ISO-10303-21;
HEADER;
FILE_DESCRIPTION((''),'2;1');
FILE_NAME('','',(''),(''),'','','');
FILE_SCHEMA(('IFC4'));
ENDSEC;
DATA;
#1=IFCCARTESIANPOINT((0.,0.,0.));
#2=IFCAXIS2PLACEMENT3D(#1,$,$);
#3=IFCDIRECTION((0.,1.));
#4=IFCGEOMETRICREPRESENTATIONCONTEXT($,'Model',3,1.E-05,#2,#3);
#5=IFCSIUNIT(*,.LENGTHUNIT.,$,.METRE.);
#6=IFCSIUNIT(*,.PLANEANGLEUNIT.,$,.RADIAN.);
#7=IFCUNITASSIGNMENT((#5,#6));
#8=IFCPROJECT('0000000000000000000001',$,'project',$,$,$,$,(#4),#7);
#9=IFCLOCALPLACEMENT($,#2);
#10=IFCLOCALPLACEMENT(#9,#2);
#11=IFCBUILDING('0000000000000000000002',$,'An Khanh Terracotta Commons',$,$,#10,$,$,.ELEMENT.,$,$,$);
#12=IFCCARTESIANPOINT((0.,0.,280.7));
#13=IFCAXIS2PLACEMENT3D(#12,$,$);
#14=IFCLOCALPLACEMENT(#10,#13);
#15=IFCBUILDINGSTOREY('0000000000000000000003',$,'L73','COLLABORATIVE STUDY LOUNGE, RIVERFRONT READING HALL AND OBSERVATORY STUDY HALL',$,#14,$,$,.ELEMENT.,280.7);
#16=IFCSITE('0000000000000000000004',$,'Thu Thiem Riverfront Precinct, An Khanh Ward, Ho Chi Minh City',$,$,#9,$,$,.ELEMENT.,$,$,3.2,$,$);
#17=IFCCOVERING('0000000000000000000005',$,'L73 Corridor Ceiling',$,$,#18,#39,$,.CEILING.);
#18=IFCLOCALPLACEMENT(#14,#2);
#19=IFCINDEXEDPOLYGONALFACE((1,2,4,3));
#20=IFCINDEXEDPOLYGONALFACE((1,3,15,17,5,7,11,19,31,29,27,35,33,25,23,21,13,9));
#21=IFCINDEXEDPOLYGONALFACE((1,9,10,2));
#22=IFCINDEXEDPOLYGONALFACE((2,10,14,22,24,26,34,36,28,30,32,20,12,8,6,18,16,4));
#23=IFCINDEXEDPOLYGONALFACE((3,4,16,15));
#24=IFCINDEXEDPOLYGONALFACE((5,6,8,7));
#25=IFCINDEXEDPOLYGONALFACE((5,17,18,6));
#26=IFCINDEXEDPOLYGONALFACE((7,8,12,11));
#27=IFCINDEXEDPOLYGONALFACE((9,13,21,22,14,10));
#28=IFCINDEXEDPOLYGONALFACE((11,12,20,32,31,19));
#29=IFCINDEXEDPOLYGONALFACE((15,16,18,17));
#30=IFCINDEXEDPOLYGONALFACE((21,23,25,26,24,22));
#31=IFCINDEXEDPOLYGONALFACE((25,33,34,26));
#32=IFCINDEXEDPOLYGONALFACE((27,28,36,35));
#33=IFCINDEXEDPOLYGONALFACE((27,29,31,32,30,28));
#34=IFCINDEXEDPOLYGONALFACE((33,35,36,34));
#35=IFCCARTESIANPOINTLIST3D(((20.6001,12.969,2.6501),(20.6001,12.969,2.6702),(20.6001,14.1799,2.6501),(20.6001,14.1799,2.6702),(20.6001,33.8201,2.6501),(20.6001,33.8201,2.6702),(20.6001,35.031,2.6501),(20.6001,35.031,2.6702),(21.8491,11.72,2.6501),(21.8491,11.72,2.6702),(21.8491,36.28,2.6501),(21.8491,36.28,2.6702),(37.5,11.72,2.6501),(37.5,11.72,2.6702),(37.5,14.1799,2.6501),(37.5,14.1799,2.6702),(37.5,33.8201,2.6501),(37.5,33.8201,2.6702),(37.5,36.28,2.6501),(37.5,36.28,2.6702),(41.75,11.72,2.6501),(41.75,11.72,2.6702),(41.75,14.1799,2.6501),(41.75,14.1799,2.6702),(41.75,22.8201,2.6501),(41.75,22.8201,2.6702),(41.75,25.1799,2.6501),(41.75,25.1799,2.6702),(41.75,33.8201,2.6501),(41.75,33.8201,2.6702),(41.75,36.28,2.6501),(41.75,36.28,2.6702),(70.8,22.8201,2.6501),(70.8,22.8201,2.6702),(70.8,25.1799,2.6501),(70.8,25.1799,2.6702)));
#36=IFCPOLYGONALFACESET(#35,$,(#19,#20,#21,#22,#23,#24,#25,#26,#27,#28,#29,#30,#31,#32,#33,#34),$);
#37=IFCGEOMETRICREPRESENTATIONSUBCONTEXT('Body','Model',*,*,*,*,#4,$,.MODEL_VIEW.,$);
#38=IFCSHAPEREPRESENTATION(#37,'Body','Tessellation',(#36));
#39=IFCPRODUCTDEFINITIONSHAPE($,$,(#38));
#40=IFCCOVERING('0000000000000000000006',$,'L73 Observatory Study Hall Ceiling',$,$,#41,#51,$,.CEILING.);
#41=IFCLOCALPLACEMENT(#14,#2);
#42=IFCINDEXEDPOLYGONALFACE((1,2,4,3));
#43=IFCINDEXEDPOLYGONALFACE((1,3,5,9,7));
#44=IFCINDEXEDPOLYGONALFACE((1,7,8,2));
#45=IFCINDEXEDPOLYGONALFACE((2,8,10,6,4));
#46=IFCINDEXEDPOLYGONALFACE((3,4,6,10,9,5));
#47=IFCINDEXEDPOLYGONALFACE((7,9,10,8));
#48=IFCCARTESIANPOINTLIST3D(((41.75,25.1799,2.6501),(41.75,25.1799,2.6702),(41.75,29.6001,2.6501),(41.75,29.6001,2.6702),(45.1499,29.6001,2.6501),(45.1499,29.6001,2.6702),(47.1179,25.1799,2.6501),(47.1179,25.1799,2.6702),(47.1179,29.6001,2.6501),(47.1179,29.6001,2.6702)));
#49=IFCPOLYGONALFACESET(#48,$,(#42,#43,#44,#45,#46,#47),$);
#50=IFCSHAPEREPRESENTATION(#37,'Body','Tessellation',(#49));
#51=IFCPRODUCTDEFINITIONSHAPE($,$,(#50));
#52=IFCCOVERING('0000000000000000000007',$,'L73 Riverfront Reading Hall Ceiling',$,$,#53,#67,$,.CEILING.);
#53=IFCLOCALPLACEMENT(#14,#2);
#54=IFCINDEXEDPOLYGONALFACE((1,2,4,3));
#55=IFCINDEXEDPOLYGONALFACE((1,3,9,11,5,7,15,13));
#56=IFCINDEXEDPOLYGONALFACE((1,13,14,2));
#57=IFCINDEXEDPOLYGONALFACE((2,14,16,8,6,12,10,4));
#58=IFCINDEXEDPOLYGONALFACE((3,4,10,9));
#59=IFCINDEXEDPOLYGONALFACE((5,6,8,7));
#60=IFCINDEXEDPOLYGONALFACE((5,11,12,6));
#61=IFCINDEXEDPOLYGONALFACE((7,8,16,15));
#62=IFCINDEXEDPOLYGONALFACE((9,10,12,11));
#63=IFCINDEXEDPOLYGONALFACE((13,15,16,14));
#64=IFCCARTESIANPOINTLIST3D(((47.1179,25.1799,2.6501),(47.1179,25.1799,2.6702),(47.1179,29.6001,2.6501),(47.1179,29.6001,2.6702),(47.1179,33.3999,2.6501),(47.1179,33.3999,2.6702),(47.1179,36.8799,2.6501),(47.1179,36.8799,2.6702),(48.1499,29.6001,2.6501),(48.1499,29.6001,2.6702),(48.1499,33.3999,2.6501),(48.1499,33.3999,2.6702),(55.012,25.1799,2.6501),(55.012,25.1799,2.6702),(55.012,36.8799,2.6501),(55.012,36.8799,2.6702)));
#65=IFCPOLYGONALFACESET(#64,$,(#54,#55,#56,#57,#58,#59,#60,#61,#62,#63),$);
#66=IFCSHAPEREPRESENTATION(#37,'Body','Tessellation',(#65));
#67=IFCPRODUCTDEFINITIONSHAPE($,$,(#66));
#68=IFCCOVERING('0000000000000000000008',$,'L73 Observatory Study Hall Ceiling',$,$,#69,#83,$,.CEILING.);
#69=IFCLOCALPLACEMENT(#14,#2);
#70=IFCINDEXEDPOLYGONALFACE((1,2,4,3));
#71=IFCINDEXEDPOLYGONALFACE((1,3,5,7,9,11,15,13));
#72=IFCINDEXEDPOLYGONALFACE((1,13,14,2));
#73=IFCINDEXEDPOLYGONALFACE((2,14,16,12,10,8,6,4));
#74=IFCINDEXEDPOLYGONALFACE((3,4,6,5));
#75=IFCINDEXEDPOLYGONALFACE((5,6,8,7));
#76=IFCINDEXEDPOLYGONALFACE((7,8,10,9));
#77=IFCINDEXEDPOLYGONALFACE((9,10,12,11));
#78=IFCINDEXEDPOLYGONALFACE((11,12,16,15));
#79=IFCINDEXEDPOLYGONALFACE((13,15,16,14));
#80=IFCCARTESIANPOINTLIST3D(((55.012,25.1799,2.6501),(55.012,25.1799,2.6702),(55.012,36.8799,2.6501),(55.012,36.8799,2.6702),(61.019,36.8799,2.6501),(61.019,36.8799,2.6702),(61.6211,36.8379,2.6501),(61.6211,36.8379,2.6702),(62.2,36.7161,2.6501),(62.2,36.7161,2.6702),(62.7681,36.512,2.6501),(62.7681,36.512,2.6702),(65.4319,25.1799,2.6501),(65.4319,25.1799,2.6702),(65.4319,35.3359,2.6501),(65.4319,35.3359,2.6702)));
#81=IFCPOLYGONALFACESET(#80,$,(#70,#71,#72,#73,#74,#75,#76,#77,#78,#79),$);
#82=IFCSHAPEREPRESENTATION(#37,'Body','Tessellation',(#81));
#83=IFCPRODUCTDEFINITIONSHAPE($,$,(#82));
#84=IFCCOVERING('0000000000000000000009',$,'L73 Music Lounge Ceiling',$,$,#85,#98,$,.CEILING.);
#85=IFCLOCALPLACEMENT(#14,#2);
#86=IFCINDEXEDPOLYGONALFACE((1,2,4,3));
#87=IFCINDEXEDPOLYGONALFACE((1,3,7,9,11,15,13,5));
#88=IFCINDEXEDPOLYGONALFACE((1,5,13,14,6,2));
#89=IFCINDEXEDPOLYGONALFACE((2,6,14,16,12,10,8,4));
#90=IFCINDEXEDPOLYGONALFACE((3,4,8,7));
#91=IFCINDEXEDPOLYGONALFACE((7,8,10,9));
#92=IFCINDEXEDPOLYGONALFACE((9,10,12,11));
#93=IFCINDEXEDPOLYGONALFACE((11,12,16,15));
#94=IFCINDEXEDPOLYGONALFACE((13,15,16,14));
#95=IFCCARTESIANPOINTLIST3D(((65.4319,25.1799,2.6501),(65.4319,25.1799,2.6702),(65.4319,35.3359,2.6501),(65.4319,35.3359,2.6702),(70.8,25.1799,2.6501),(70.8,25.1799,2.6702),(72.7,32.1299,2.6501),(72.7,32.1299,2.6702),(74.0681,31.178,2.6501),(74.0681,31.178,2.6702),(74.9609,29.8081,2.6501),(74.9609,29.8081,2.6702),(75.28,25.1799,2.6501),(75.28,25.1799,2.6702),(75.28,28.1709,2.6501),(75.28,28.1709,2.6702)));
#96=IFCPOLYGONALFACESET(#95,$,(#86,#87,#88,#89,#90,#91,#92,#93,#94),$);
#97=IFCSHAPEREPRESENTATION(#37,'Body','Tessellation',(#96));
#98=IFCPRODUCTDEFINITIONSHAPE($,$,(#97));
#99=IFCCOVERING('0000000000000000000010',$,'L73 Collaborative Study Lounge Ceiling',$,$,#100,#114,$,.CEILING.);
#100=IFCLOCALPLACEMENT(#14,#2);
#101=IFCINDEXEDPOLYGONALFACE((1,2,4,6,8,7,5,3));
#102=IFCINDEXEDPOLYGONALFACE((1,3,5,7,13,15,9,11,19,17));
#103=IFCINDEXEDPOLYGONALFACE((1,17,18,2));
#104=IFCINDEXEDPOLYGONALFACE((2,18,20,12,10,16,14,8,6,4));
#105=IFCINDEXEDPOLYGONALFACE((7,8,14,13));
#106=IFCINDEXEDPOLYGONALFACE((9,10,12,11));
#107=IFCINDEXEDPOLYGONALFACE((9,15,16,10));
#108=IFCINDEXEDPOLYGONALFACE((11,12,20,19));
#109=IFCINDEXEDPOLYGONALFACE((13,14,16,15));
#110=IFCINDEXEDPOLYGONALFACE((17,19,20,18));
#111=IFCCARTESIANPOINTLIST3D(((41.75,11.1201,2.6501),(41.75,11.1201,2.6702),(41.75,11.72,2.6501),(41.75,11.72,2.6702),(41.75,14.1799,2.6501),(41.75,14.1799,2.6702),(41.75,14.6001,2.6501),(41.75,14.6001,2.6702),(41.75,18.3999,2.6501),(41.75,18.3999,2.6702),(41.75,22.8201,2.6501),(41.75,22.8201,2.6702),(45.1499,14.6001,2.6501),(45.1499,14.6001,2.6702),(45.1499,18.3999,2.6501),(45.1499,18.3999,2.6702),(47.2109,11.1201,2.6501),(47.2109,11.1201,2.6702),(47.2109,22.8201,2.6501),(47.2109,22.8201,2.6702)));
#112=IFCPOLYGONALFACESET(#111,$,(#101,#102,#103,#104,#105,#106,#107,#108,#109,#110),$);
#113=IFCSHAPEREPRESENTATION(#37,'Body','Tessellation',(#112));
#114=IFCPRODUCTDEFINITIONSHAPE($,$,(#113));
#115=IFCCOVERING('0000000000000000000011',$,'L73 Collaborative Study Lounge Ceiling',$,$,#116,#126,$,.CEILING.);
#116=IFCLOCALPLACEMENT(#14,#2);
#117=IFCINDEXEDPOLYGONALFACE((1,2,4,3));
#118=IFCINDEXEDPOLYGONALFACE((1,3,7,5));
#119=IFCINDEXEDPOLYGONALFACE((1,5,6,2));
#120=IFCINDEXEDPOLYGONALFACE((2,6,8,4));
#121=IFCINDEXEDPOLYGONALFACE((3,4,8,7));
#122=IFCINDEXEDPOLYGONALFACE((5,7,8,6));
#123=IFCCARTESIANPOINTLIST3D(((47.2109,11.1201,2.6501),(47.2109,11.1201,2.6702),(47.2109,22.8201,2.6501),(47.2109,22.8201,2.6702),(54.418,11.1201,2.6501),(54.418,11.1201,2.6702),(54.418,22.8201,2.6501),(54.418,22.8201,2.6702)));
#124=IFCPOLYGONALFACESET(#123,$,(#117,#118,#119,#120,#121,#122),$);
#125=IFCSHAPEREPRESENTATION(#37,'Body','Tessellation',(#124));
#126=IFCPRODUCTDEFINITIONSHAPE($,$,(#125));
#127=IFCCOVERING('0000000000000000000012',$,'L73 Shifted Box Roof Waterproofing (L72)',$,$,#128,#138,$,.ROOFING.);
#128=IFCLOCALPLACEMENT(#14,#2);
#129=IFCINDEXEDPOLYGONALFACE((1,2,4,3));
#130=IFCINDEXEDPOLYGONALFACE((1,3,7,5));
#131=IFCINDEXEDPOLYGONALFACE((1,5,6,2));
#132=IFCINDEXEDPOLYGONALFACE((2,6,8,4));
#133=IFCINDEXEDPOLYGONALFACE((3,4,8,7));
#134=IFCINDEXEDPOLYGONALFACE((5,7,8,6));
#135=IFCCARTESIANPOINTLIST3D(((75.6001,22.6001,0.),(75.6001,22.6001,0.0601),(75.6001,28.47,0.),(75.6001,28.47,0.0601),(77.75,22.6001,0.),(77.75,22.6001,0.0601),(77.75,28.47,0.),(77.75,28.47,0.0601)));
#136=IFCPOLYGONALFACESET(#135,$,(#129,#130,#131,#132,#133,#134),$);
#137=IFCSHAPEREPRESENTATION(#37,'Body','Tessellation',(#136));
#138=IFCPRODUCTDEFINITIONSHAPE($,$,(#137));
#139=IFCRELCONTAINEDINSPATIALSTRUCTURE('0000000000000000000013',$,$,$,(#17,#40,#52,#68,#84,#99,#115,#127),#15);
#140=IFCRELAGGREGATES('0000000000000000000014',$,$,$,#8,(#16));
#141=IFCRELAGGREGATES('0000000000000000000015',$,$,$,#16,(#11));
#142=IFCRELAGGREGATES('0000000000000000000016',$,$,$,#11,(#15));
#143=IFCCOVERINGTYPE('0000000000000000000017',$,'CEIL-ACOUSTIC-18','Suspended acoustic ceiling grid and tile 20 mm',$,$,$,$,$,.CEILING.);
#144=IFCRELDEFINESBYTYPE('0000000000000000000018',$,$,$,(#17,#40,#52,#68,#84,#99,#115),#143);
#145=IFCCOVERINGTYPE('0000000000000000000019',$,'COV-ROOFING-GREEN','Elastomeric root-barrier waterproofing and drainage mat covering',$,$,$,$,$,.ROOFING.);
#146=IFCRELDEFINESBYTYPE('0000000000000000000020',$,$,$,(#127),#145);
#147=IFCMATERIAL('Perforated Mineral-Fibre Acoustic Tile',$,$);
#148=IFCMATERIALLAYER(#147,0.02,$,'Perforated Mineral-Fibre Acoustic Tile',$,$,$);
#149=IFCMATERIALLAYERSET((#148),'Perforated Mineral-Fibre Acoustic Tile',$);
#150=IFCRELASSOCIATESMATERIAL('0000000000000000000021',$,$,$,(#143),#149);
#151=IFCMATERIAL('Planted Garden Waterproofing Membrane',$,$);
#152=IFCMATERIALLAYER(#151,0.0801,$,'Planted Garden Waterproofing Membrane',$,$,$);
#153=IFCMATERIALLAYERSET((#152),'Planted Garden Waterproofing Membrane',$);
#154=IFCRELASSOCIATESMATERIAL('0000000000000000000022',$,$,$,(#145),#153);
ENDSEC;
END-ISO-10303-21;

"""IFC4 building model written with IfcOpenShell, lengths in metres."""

from ifc_helpers import new_model, si_unit, direction, frame, origin, place, context, subcontext, project, spatial, polyline, outline, extrude, material, layer, layer_set, type_object, element, save


model = new_model("IFC4")

# Units and contexts
model_context = context("Model", 3, precision=1e-05, world=origin(), true_north=direction((0.0, 1.0)))
body_context = subcontext(model_context, "Body", "Model", "MODEL_VIEW")
ifc_project = project(units=[si_unit("LENGTHUNIT", "METRE"), si_unit("PLANEANGLEUNIT", "RADIAN")], contexts=[model_context])

# Site, building, storey
site_placement = place(None, origin())
site = spatial("IfcSite", under=ifc_project, at=site_placement, Name="Thu Thiem Riverfront Precinct, An Khanh Ward, Ho Chi Minh City", CompositionType="ELEMENT", RefElevation=3.2)
building_placement = place(site_placement, origin())
building = spatial("IfcBuilding", under=site, at=building_placement, Name="An Khanh Terracotta Commons", CompositionType="ELEMENT")
storey_placement = place(building_placement, frame((0.0, 0.0, 280.7)))
storey = spatial("IfcBuildingStorey", under=building, at=storey_placement, Name="L73", Description="COLLABORATIVE STUDY LOUNGE, RIVERFRONT READING HALL AND OBSERVATORY STUDY HALL", CompositionType="ELEMENT", Elevation=280.7)

# Coverings
ifc_material_1 = material(Name="Perforated Mineral-Fibre Acoustic Tile")
ifc_layer_1 = layer(ifc_material_1, 0.02, Name="Perforated Mineral-Fibre Acoustic Tile")
ifc_layer_set_1 = layer_set([ifc_layer_1], Name="Perforated Mineral-Fibre Acoustic Tile")
covering_type_1 = type_object("IfcCoveringType", Name="CEIL-ACOUSTIC-18", Description="Suspended acoustic ceiling grid and tile 20 mm", PredefinedType="CEILING", material=ifc_layer_set_1)
covering_1_placement = place(storey_placement, frame((0.0, 0.0, 2.6501)))
element("IfcCovering", 1, at=covering_1_placement, inside=storey, type_object=covering_type_1, Name="L73 Corridor Ceiling", PredefinedType="CEILING", context=body_context, shape_type="SweptSolid", body=[
    extrude(outline(polyline([(21.8491, 11.72), (20.6001, 12.969), (20.6001, 14.1799), (37.5, 14.1799), (37.5, 33.8201), (20.6001, 33.8201), (20.6001, 35.031), (21.8491, 36.28), (37.5, 36.28), (41.75, 36.28), (41.75, 33.8201), (41.75, 25.1799), (70.8, 25.1799), (70.8, 22.8201), (41.75, 22.8201), (41.75, 14.1799), (41.75, 11.72), (37.5, 11.72), (21.8491, 11.72)])), origin(), (0.0, 0.0, 1.0), 0.02),
])
covering_2_placement = place(storey_placement, frame((0.0, 0.0, 2.6501)))
element("IfcCovering", 2, at=covering_2_placement, inside=storey, type_object=covering_type_1, Name="L73 Observatory Study Hall Ceiling", PredefinedType="CEILING", context=body_context, shape_type="SweptSolid", body=[
    extrude(outline(polyline([(41.75, 25.1799), (41.75, 29.6001), (45.1499, 29.6001), (47.1179, 29.6001), (47.1179, 25.1799), (41.75, 25.1799)])), origin(), (0.0, 0.0, 1.0), 0.02),
])
covering_3_placement = place(storey_placement, frame((0.0, 0.0, 2.6501)))
element("IfcCovering", 3, at=covering_3_placement, inside=storey, type_object=covering_type_1, Name="L73 Riverfront Reading Hall Ceiling", PredefinedType="CEILING", context=body_context, shape_type="SweptSolid", body=[
    extrude(outline(polyline([(55.012, 36.8799), (55.012, 25.1799), (47.1179, 25.1799), (47.1179, 29.6001), (48.1499, 29.6001), (48.1499, 33.3999), (47.1179, 33.3999), (47.1179, 36.8799), (55.012, 36.8799)])), origin(), (0.0, 0.0, 1.0), 0.02),
])
covering_4_placement = place(storey_placement, frame((0.0, 0.0, 2.6501)))
element("IfcCovering", 4, at=covering_4_placement, inside=storey, type_object=covering_type_1, Name="L73 Observatory Study Hall Ceiling", PredefinedType="CEILING", context=body_context, shape_type="SweptSolid", body=[
    extrude(outline(polyline([(61.019, 36.8799), (61.6211, 36.8379), (62.2, 36.7161), (62.7681, 36.512), (65.4319, 35.3359), (65.4319, 25.1799), (55.012, 25.1799), (55.012, 36.8799), (61.019, 36.8799)])), origin(), (0.0, 0.0, 1.0), 0.02),
])
covering_5_placement = place(storey_placement, frame((0.0, 0.0, 2.6501)))
element("IfcCovering", 5, at=covering_5_placement, inside=storey, type_object=covering_type_1, Name="L73 Music Lounge Ceiling", PredefinedType="CEILING", context=body_context, shape_type="SweptSolid", body=[
    extrude(outline(polyline([(72.7, 32.1299), (74.0681, 31.178), (74.9609, 29.8081), (75.28, 28.1709), (75.28, 25.1799), (70.8, 25.1799), (65.4319, 25.1799), (65.4319, 35.3359), (72.7, 32.1299)])), origin(), (0.0, 0.0, 1.0), 0.02),
])
covering_6_placement = place(storey_placement, frame((0.0, 0.0, 2.6501)))
element("IfcCovering", 6, at=covering_6_placement, inside=storey, type_object=covering_type_1, Name="L73 Collaborative Study Lounge Ceiling", PredefinedType="CEILING", context=body_context, shape_type="SweptSolid", body=[
    extrude(outline(polyline([(41.75, 11.1201), (41.75, 11.72), (41.75, 14.1799), (41.75, 14.6001), (45.1499, 14.6001), (45.1499, 18.3999), (41.75, 18.3999), (41.75, 22.8201), (47.2109, 22.8201), (47.2109, 11.1201), (41.75, 11.1201)])), origin(), (0.0, 0.0, 1.0), 0.02),
])
covering_7_placement = place(storey_placement, frame((0.0, 0.0, 2.6501)))
element("IfcCovering", 7, at=covering_7_placement, inside=storey, type_object=covering_type_1, Name="L73 Collaborative Study Lounge Ceiling", PredefinedType="CEILING", context=body_context, shape_type="SweptSolid", body=[
    extrude(outline(polyline([(47.2109, 11.1201), (47.2109, 22.8201), (54.418, 22.8201), (54.418, 11.1201), (47.2109, 11.1201)])), origin(), (0.0, 0.0, 1.0), 0.02),
])
ifc_material_2 = material(Name="Planted Garden Waterproofing Membrane")
ifc_layer_2 = layer(ifc_material_2, 0.0801, Name="Planted Garden Waterproofing Membrane")
ifc_layer_set_2 = layer_set([ifc_layer_2], Name="Planted Garden Waterproofing Membrane")
covering_type_2 = type_object("IfcCoveringType", Name="COV-ROOFING-GREEN", Description="Elastomeric root-barrier waterproofing and drainage mat covering", PredefinedType="ROOFING", material=ifc_layer_set_2)
covering_8_placement = place(storey_placement, origin())
element("IfcCovering", 8, at=covering_8_placement, inside=storey, type_object=covering_type_2, Name="L73 Shifted Box Roof Waterproofing (L72)", PredefinedType="ROOFING", context=body_context, shape_type="SweptSolid", body=[
    extrude(outline(polyline([(75.6001, 22.6001), (77.75, 22.6001), (77.75, 28.47), (75.6001, 28.47), (75.6001, 22.6001)])), origin(), (0.0, 0.0, 1.0), 0.0601),
])

save(model, "model.ifc")
